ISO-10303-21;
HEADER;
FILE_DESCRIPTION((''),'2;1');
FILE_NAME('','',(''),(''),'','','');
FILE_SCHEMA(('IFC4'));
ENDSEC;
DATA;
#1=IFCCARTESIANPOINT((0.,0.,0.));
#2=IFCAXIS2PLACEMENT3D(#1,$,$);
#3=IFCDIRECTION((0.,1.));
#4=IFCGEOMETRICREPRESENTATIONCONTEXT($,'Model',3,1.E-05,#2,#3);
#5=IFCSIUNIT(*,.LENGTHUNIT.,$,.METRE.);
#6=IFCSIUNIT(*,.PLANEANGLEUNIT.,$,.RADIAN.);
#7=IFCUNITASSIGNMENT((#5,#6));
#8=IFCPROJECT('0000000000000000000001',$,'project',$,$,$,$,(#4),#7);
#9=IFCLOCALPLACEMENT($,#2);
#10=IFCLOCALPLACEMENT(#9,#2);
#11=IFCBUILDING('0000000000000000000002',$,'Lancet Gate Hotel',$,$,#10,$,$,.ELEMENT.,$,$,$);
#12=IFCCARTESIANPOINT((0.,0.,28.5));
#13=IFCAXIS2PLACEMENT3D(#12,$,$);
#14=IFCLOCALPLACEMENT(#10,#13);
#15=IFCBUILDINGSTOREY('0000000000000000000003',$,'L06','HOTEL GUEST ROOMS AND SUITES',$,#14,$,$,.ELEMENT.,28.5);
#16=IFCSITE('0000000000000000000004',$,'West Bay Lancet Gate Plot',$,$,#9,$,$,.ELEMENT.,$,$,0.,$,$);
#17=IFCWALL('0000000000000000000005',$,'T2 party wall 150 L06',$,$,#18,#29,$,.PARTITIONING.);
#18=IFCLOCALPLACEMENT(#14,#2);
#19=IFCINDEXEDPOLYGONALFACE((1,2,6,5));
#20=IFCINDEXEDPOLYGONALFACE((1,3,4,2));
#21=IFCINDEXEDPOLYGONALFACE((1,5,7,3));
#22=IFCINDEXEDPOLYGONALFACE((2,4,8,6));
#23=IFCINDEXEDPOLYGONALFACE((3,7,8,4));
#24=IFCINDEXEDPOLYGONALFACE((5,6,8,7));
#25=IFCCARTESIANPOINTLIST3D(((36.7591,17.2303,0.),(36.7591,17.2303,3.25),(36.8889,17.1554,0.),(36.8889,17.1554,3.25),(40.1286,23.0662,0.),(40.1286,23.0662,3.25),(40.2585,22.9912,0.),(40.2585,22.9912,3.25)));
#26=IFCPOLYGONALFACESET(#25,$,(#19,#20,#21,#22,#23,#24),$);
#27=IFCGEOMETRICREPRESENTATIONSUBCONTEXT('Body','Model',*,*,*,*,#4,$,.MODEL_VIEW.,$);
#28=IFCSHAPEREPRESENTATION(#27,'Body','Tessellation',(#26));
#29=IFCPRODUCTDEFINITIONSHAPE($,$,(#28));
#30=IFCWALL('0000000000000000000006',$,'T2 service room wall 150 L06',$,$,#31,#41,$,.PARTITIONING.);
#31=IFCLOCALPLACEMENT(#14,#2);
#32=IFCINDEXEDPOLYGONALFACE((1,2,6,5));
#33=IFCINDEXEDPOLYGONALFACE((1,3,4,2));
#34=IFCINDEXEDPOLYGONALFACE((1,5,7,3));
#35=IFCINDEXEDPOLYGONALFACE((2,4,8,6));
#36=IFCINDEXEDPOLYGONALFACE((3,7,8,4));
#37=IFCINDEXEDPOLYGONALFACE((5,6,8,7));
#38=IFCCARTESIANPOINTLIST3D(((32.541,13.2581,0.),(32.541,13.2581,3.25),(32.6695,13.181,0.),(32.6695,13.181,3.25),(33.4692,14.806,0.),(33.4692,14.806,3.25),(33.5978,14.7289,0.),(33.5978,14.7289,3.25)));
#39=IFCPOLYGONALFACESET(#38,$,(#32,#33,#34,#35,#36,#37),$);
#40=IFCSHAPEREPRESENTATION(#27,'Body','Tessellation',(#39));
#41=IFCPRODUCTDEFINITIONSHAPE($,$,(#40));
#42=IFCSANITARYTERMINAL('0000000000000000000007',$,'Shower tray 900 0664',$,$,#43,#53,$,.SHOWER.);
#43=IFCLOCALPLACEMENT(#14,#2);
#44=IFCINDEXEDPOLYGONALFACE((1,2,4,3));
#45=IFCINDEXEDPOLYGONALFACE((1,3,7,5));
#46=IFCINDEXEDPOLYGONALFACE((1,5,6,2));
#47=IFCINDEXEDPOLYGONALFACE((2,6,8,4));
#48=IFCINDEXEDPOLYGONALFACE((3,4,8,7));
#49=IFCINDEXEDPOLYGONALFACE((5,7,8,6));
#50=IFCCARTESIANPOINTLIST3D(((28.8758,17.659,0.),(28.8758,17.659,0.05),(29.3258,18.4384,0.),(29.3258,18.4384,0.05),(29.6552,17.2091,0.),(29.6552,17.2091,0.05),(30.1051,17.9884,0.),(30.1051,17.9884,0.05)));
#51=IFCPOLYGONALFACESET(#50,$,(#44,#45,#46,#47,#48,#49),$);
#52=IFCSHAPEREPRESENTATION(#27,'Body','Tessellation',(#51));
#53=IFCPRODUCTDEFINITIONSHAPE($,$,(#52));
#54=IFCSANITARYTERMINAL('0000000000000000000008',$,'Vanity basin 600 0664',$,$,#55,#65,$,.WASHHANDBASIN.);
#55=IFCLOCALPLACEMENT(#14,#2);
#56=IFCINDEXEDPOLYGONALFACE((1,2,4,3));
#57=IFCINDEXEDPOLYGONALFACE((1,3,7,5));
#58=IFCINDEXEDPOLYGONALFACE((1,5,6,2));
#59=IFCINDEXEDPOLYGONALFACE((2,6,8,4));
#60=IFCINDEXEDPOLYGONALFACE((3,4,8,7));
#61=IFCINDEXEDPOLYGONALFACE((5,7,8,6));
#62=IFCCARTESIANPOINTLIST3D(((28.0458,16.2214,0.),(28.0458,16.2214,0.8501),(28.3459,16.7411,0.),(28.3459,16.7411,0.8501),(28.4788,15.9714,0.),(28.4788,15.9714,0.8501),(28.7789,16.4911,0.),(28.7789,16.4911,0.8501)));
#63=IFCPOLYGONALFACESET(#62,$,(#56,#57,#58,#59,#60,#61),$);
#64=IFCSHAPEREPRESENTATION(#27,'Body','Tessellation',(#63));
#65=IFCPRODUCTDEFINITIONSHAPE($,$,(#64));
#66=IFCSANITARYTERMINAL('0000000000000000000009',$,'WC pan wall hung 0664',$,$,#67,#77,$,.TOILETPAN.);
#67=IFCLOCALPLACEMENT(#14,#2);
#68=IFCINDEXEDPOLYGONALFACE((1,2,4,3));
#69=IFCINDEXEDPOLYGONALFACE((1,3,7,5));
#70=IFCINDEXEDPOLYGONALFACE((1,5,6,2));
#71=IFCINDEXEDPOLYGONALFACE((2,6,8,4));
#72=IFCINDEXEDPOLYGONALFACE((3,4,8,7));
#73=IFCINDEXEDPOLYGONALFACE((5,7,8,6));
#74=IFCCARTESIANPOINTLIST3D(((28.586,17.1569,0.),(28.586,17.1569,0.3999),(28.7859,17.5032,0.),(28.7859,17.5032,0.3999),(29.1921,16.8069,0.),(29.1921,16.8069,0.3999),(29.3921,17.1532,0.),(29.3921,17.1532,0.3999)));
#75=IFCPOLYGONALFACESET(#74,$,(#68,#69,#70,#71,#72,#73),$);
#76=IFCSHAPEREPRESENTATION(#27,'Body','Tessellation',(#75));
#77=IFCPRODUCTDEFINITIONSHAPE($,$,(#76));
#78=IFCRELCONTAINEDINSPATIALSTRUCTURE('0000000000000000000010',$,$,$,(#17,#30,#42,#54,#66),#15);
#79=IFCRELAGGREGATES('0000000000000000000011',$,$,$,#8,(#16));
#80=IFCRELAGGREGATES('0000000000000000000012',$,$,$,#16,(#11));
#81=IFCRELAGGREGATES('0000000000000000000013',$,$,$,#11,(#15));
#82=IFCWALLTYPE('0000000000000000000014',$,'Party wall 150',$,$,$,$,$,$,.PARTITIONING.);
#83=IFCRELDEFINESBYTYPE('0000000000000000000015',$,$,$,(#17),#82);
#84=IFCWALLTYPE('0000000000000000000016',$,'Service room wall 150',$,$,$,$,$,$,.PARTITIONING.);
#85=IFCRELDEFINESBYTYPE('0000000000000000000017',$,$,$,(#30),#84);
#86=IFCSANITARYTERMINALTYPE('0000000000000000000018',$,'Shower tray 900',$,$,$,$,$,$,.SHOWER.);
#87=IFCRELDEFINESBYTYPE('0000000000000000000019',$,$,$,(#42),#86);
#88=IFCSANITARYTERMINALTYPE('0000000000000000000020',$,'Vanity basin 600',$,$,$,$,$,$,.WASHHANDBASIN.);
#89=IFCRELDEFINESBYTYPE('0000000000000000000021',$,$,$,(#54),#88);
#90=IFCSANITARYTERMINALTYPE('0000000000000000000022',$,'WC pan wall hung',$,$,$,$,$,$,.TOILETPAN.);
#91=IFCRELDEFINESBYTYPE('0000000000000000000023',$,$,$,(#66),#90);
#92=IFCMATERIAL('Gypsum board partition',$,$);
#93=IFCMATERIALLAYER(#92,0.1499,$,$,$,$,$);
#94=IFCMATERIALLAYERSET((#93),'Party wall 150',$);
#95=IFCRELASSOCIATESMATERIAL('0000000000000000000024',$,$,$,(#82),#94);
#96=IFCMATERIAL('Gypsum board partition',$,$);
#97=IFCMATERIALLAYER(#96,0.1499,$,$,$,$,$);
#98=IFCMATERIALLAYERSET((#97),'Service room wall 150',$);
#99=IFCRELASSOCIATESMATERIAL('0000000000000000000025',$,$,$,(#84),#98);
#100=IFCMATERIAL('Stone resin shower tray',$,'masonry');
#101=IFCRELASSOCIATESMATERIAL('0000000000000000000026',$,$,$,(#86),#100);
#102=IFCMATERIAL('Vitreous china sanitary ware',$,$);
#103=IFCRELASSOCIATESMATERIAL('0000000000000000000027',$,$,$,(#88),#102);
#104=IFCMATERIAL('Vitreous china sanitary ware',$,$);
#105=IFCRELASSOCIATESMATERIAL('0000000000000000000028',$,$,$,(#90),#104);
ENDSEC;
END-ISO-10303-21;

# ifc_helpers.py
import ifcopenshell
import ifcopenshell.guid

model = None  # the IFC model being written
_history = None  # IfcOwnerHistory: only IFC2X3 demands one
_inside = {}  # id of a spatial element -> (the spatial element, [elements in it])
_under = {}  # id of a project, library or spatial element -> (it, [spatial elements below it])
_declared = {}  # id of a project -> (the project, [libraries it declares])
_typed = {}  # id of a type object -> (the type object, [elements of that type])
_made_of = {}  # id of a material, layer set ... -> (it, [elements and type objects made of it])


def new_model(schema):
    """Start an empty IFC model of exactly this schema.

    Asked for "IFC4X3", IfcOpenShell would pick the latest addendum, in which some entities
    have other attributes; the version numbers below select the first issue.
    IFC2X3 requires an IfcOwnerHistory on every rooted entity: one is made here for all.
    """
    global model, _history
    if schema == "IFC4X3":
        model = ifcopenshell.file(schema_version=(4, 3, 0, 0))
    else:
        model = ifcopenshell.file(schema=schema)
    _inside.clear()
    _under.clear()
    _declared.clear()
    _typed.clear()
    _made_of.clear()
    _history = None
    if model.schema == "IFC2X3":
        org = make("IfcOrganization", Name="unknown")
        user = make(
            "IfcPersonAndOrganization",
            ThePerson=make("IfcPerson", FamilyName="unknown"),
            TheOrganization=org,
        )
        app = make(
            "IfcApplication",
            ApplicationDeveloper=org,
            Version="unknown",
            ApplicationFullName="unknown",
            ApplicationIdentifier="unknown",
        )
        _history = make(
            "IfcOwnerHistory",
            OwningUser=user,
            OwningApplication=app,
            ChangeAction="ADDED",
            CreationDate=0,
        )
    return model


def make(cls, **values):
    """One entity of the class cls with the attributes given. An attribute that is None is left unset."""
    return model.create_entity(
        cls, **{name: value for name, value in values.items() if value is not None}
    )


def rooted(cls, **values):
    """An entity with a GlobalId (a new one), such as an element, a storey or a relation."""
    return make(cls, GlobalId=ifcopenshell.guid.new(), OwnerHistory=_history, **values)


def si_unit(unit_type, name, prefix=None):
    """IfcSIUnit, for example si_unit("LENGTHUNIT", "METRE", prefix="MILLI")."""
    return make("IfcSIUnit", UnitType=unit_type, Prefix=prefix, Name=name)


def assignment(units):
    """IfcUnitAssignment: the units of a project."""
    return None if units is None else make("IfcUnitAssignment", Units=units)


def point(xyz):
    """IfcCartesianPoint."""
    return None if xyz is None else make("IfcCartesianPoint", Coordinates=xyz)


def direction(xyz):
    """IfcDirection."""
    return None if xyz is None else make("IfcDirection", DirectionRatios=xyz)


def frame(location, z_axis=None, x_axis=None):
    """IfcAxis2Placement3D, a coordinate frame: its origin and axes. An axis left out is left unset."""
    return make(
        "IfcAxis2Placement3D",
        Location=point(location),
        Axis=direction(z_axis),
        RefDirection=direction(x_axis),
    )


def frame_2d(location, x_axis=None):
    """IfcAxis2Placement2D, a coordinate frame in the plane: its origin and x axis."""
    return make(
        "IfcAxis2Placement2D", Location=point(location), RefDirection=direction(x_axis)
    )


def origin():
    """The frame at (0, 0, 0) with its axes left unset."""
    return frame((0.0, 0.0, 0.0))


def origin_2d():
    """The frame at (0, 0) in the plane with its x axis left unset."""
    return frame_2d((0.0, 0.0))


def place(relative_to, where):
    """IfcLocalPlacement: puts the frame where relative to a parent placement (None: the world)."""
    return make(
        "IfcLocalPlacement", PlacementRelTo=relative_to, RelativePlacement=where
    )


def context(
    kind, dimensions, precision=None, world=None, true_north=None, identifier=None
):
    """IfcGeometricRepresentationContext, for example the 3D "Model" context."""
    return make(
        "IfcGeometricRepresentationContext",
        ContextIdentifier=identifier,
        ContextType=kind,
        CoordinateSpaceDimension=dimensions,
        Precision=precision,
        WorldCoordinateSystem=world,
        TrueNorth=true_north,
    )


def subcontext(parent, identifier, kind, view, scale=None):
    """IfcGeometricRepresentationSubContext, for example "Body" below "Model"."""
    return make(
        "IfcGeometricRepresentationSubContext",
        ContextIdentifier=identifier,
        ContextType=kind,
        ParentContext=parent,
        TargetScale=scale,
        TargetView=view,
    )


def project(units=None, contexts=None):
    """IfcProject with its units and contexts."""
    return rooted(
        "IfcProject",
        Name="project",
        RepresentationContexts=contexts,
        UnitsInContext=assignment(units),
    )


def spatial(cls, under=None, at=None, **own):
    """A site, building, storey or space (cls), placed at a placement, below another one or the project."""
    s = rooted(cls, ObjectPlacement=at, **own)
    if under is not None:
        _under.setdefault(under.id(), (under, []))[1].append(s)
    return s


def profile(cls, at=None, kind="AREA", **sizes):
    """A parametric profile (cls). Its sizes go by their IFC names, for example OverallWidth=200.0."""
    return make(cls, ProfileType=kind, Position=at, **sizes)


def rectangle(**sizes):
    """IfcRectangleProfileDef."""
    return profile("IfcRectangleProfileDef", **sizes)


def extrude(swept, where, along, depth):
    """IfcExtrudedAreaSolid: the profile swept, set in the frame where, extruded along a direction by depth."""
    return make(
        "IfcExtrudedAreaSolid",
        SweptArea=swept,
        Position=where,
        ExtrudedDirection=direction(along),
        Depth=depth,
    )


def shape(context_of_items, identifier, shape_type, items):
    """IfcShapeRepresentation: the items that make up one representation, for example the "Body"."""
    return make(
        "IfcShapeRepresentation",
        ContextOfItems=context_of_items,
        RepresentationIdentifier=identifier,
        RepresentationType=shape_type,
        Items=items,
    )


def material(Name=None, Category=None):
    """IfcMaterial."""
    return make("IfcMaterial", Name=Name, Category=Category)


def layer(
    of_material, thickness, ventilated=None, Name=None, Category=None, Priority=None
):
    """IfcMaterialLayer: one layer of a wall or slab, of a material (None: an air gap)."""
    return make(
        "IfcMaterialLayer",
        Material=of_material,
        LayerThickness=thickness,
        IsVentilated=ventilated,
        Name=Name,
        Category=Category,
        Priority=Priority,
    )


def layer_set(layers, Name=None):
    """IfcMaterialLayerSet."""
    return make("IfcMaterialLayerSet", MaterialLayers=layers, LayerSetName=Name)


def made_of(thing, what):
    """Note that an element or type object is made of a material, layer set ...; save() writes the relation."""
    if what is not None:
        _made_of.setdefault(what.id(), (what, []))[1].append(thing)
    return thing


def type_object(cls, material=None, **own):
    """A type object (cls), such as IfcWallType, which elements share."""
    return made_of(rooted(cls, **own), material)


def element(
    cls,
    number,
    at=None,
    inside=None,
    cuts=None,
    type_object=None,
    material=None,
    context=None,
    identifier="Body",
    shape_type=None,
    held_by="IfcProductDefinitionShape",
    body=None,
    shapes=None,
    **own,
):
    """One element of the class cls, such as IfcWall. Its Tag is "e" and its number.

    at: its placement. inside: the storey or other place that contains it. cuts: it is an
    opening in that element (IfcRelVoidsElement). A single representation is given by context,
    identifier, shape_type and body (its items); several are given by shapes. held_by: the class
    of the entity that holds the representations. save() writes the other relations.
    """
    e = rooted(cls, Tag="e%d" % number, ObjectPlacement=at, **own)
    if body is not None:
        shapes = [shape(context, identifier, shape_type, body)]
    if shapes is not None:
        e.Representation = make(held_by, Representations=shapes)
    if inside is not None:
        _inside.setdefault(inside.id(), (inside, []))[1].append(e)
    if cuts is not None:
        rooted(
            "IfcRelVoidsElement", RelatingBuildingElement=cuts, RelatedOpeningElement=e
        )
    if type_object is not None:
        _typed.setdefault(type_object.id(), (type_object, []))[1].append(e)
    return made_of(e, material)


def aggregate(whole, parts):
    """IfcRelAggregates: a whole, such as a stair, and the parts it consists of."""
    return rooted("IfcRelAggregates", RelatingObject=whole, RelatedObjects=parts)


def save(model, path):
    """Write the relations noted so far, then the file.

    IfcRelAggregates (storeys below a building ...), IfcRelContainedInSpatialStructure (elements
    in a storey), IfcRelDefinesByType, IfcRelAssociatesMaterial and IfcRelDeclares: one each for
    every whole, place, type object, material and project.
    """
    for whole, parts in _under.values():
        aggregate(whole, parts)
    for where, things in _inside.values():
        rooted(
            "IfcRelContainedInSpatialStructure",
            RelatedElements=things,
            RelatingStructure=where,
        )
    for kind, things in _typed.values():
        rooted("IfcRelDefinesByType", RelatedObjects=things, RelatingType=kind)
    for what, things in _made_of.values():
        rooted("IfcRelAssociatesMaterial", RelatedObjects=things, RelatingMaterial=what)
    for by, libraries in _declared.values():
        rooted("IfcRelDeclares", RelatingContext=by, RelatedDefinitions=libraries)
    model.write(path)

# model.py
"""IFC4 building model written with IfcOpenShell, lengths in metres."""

from ifc_helpers import new_model, si_unit, direction, frame, frame_2d, origin, origin_2d, place, context, subcontext, project, spatial, rectangle, extrude, material, layer, layer_set, type_object, element, save


model = new_model("IFC4")

# Units and contexts
model_context = context("Model", 3, precision=1e-05, world=origin(), true_north=direction((0.0, 1.0)))
body_context = subcontext(model_context, "Body", "Model", "MODEL_VIEW")
ifc_project = project(units=[si_unit("LENGTHUNIT", "METRE"), si_unit("PLANEANGLEUNIT", "RADIAN")], contexts=[model_context])

# Site, building, storey
site_placement = place(None, origin())
site = spatial("IfcSite", under=ifc_project, at=site_placement, Name="West Bay Lancet Gate Plot", CompositionType="ELEMENT", RefElevation=0.0)
building_placement = place(site_placement, origin())
building = spatial("IfcBuilding", under=site, at=building_placement, Name="Lancet Gate Hotel", CompositionType="ELEMENT")
storey_placement = place(building_placement, frame((0.0, 0.0, 28.5)))
storey = spatial("IfcBuildingStorey", under=building, at=storey_placement, Name="L06", Description="HOTEL GUEST ROOMS AND SUITES", CompositionType="ELEMENT", Elevation=28.5)

# Walls
ifc_material_1 = material(Name="Gypsum board partition")
ifc_layer_1 = layer(ifc_material_1, 0.1499)
ifc_layer_set_1 = layer_set([ifc_layer_1], Name="Party wall 150")
wall_type_1 = type_object("IfcWallType", Name="Party wall 150", PredefinedType="PARTITIONING", material=ifc_layer_set_1)
wall_1_placement = place(storey_placement, frame((36.824, 17.1929, 0.0), z_axis=(0.0, 0.0, 1.0), x_axis=(0.500028, 0.866009, 0.0)))
element("IfcWall", 1, at=wall_1_placement, inside=storey, type_object=wall_type_1, Name="T2 party wall 150 L06", PredefinedType="PARTITIONING", context=body_context, shape_type="SweptSolid", body=[
    extrude(rectangle(XDim=6.7388, YDim=0.1499, at=frame_2d((3.3694, 0.0))), origin(), (0.0, 0.0, 1.0), 3.25),
])
ifc_material_2 = material(Name="Gypsum board partition")
ifc_layer_2 = layer(ifc_material_2, 0.1499)
ifc_layer_set_2 = layer_set([ifc_layer_2], Name="Service room wall 150")
wall_type_2 = type_object("IfcWallType", Name="Service room wall 150", PredefinedType="PARTITIONING", material=ifc_layer_set_2)
wall_2_placement = place(storey_placement, frame((33.5334, 14.7673, 0.0), z_axis=(0.0, 0.0, 1.0), x_axis=(-0.514297, -0.857612, 0.0)))
element("IfcWall", 2, at=wall_2_placement, inside=storey, type_object=wall_type_2, Name="T2 service room wall 150 L06", PredefinedType="PARTITIONING", context=body_context, shape_type="SweptSolid", body=[
    extrude(rectangle(XDim=1.8049, YDim=0.1499, at=frame_2d((0.9023, 0.0))), origin(), (0.0, 0.0, 1.0), 3.25),
])

# Sanitary terminals
ifc_material_3 = material(Name="Stone resin shower tray", Category="masonry")
sanitary_terminal_type_1 = type_object("IfcSanitaryTerminalType", Name="Shower tray 900", PredefinedType="SHOWER", material=ifc_material_3)
sanitary_terminal_1_placement = place(storey_placement, frame((29.4905, 17.8237, 0.0), z_axis=(0.0, 0.0, 1.0), x_axis=(0.5, 0.866025, 0.0)))
element("IfcSanitaryTerminal", 3, at=sanitary_terminal_1_placement, inside=storey, type_object=sanitary_terminal_type_1, Name="Shower tray 900 0664", PredefinedType="SHOWER", context=body_context, shape_type="SweptSolid", body=[
    extrude(rectangle(XDim=0.8999, YDim=0.8999, at=origin_2d()), origin(), (0.0, 0.0, 1.0), 0.05),
])
ifc_material_4 = material(Name="Vitreous china sanitary ware")
sanitary_terminal_type_2 = type_object("IfcSanitaryTerminalType", Name="Vanity basin 600", PredefinedType="WASHHANDBASIN", material=ifc_material_4)
sanitary_terminal_2_placement = place(storey_placement, frame((28.4124, 16.3562, 0.0), z_axis=(0.0, 0.0, 1.0), x_axis=(0.5, 0.866025, 0.0)))
element("IfcSanitaryTerminal", 4, at=sanitary_terminal_2_placement, inside=storey, type_object=sanitary_terminal_type_2, Name="Vanity basin 600 0664", PredefinedType="WASHHANDBASIN", context=body_context, shape_type="SweptSolid", body=[
    extrude(rectangle(XDim=0.6001, YDim=0.5, at=origin_2d()), origin(), (0.0, 0.0, 1.0), 0.8501),
])
ifc_material_5 = material(Name="Vitreous china sanitary ware")
sanitary_terminal_type_3 = type_object("IfcSanitaryTerminalType", Name="WC pan wall hung", PredefinedType="TOILETPAN", material=ifc_material_5)
sanitary_terminal_3_placement = place(storey_placement, frame((28.989, 17.155, 0.0), z_axis=(0.0, 0.0, 1.0), x_axis=(0.5, 0.866025, 0.0)))
element("IfcSanitaryTerminal", 5, at=sanitary_terminal_3_placement, inside=storey, type_object=sanitary_terminal_type_3, Name="WC pan wall hung 0664", PredefinedType="TOILETPAN", context=body_context, shape_type="SweptSolid", body=[
    extrude(rectangle(XDim=0.3999, YDim=0.7, at=origin_2d()), origin(), (0.0, 0.0, 1.0), 0.3999),
])

save(model, "model.ifc")
